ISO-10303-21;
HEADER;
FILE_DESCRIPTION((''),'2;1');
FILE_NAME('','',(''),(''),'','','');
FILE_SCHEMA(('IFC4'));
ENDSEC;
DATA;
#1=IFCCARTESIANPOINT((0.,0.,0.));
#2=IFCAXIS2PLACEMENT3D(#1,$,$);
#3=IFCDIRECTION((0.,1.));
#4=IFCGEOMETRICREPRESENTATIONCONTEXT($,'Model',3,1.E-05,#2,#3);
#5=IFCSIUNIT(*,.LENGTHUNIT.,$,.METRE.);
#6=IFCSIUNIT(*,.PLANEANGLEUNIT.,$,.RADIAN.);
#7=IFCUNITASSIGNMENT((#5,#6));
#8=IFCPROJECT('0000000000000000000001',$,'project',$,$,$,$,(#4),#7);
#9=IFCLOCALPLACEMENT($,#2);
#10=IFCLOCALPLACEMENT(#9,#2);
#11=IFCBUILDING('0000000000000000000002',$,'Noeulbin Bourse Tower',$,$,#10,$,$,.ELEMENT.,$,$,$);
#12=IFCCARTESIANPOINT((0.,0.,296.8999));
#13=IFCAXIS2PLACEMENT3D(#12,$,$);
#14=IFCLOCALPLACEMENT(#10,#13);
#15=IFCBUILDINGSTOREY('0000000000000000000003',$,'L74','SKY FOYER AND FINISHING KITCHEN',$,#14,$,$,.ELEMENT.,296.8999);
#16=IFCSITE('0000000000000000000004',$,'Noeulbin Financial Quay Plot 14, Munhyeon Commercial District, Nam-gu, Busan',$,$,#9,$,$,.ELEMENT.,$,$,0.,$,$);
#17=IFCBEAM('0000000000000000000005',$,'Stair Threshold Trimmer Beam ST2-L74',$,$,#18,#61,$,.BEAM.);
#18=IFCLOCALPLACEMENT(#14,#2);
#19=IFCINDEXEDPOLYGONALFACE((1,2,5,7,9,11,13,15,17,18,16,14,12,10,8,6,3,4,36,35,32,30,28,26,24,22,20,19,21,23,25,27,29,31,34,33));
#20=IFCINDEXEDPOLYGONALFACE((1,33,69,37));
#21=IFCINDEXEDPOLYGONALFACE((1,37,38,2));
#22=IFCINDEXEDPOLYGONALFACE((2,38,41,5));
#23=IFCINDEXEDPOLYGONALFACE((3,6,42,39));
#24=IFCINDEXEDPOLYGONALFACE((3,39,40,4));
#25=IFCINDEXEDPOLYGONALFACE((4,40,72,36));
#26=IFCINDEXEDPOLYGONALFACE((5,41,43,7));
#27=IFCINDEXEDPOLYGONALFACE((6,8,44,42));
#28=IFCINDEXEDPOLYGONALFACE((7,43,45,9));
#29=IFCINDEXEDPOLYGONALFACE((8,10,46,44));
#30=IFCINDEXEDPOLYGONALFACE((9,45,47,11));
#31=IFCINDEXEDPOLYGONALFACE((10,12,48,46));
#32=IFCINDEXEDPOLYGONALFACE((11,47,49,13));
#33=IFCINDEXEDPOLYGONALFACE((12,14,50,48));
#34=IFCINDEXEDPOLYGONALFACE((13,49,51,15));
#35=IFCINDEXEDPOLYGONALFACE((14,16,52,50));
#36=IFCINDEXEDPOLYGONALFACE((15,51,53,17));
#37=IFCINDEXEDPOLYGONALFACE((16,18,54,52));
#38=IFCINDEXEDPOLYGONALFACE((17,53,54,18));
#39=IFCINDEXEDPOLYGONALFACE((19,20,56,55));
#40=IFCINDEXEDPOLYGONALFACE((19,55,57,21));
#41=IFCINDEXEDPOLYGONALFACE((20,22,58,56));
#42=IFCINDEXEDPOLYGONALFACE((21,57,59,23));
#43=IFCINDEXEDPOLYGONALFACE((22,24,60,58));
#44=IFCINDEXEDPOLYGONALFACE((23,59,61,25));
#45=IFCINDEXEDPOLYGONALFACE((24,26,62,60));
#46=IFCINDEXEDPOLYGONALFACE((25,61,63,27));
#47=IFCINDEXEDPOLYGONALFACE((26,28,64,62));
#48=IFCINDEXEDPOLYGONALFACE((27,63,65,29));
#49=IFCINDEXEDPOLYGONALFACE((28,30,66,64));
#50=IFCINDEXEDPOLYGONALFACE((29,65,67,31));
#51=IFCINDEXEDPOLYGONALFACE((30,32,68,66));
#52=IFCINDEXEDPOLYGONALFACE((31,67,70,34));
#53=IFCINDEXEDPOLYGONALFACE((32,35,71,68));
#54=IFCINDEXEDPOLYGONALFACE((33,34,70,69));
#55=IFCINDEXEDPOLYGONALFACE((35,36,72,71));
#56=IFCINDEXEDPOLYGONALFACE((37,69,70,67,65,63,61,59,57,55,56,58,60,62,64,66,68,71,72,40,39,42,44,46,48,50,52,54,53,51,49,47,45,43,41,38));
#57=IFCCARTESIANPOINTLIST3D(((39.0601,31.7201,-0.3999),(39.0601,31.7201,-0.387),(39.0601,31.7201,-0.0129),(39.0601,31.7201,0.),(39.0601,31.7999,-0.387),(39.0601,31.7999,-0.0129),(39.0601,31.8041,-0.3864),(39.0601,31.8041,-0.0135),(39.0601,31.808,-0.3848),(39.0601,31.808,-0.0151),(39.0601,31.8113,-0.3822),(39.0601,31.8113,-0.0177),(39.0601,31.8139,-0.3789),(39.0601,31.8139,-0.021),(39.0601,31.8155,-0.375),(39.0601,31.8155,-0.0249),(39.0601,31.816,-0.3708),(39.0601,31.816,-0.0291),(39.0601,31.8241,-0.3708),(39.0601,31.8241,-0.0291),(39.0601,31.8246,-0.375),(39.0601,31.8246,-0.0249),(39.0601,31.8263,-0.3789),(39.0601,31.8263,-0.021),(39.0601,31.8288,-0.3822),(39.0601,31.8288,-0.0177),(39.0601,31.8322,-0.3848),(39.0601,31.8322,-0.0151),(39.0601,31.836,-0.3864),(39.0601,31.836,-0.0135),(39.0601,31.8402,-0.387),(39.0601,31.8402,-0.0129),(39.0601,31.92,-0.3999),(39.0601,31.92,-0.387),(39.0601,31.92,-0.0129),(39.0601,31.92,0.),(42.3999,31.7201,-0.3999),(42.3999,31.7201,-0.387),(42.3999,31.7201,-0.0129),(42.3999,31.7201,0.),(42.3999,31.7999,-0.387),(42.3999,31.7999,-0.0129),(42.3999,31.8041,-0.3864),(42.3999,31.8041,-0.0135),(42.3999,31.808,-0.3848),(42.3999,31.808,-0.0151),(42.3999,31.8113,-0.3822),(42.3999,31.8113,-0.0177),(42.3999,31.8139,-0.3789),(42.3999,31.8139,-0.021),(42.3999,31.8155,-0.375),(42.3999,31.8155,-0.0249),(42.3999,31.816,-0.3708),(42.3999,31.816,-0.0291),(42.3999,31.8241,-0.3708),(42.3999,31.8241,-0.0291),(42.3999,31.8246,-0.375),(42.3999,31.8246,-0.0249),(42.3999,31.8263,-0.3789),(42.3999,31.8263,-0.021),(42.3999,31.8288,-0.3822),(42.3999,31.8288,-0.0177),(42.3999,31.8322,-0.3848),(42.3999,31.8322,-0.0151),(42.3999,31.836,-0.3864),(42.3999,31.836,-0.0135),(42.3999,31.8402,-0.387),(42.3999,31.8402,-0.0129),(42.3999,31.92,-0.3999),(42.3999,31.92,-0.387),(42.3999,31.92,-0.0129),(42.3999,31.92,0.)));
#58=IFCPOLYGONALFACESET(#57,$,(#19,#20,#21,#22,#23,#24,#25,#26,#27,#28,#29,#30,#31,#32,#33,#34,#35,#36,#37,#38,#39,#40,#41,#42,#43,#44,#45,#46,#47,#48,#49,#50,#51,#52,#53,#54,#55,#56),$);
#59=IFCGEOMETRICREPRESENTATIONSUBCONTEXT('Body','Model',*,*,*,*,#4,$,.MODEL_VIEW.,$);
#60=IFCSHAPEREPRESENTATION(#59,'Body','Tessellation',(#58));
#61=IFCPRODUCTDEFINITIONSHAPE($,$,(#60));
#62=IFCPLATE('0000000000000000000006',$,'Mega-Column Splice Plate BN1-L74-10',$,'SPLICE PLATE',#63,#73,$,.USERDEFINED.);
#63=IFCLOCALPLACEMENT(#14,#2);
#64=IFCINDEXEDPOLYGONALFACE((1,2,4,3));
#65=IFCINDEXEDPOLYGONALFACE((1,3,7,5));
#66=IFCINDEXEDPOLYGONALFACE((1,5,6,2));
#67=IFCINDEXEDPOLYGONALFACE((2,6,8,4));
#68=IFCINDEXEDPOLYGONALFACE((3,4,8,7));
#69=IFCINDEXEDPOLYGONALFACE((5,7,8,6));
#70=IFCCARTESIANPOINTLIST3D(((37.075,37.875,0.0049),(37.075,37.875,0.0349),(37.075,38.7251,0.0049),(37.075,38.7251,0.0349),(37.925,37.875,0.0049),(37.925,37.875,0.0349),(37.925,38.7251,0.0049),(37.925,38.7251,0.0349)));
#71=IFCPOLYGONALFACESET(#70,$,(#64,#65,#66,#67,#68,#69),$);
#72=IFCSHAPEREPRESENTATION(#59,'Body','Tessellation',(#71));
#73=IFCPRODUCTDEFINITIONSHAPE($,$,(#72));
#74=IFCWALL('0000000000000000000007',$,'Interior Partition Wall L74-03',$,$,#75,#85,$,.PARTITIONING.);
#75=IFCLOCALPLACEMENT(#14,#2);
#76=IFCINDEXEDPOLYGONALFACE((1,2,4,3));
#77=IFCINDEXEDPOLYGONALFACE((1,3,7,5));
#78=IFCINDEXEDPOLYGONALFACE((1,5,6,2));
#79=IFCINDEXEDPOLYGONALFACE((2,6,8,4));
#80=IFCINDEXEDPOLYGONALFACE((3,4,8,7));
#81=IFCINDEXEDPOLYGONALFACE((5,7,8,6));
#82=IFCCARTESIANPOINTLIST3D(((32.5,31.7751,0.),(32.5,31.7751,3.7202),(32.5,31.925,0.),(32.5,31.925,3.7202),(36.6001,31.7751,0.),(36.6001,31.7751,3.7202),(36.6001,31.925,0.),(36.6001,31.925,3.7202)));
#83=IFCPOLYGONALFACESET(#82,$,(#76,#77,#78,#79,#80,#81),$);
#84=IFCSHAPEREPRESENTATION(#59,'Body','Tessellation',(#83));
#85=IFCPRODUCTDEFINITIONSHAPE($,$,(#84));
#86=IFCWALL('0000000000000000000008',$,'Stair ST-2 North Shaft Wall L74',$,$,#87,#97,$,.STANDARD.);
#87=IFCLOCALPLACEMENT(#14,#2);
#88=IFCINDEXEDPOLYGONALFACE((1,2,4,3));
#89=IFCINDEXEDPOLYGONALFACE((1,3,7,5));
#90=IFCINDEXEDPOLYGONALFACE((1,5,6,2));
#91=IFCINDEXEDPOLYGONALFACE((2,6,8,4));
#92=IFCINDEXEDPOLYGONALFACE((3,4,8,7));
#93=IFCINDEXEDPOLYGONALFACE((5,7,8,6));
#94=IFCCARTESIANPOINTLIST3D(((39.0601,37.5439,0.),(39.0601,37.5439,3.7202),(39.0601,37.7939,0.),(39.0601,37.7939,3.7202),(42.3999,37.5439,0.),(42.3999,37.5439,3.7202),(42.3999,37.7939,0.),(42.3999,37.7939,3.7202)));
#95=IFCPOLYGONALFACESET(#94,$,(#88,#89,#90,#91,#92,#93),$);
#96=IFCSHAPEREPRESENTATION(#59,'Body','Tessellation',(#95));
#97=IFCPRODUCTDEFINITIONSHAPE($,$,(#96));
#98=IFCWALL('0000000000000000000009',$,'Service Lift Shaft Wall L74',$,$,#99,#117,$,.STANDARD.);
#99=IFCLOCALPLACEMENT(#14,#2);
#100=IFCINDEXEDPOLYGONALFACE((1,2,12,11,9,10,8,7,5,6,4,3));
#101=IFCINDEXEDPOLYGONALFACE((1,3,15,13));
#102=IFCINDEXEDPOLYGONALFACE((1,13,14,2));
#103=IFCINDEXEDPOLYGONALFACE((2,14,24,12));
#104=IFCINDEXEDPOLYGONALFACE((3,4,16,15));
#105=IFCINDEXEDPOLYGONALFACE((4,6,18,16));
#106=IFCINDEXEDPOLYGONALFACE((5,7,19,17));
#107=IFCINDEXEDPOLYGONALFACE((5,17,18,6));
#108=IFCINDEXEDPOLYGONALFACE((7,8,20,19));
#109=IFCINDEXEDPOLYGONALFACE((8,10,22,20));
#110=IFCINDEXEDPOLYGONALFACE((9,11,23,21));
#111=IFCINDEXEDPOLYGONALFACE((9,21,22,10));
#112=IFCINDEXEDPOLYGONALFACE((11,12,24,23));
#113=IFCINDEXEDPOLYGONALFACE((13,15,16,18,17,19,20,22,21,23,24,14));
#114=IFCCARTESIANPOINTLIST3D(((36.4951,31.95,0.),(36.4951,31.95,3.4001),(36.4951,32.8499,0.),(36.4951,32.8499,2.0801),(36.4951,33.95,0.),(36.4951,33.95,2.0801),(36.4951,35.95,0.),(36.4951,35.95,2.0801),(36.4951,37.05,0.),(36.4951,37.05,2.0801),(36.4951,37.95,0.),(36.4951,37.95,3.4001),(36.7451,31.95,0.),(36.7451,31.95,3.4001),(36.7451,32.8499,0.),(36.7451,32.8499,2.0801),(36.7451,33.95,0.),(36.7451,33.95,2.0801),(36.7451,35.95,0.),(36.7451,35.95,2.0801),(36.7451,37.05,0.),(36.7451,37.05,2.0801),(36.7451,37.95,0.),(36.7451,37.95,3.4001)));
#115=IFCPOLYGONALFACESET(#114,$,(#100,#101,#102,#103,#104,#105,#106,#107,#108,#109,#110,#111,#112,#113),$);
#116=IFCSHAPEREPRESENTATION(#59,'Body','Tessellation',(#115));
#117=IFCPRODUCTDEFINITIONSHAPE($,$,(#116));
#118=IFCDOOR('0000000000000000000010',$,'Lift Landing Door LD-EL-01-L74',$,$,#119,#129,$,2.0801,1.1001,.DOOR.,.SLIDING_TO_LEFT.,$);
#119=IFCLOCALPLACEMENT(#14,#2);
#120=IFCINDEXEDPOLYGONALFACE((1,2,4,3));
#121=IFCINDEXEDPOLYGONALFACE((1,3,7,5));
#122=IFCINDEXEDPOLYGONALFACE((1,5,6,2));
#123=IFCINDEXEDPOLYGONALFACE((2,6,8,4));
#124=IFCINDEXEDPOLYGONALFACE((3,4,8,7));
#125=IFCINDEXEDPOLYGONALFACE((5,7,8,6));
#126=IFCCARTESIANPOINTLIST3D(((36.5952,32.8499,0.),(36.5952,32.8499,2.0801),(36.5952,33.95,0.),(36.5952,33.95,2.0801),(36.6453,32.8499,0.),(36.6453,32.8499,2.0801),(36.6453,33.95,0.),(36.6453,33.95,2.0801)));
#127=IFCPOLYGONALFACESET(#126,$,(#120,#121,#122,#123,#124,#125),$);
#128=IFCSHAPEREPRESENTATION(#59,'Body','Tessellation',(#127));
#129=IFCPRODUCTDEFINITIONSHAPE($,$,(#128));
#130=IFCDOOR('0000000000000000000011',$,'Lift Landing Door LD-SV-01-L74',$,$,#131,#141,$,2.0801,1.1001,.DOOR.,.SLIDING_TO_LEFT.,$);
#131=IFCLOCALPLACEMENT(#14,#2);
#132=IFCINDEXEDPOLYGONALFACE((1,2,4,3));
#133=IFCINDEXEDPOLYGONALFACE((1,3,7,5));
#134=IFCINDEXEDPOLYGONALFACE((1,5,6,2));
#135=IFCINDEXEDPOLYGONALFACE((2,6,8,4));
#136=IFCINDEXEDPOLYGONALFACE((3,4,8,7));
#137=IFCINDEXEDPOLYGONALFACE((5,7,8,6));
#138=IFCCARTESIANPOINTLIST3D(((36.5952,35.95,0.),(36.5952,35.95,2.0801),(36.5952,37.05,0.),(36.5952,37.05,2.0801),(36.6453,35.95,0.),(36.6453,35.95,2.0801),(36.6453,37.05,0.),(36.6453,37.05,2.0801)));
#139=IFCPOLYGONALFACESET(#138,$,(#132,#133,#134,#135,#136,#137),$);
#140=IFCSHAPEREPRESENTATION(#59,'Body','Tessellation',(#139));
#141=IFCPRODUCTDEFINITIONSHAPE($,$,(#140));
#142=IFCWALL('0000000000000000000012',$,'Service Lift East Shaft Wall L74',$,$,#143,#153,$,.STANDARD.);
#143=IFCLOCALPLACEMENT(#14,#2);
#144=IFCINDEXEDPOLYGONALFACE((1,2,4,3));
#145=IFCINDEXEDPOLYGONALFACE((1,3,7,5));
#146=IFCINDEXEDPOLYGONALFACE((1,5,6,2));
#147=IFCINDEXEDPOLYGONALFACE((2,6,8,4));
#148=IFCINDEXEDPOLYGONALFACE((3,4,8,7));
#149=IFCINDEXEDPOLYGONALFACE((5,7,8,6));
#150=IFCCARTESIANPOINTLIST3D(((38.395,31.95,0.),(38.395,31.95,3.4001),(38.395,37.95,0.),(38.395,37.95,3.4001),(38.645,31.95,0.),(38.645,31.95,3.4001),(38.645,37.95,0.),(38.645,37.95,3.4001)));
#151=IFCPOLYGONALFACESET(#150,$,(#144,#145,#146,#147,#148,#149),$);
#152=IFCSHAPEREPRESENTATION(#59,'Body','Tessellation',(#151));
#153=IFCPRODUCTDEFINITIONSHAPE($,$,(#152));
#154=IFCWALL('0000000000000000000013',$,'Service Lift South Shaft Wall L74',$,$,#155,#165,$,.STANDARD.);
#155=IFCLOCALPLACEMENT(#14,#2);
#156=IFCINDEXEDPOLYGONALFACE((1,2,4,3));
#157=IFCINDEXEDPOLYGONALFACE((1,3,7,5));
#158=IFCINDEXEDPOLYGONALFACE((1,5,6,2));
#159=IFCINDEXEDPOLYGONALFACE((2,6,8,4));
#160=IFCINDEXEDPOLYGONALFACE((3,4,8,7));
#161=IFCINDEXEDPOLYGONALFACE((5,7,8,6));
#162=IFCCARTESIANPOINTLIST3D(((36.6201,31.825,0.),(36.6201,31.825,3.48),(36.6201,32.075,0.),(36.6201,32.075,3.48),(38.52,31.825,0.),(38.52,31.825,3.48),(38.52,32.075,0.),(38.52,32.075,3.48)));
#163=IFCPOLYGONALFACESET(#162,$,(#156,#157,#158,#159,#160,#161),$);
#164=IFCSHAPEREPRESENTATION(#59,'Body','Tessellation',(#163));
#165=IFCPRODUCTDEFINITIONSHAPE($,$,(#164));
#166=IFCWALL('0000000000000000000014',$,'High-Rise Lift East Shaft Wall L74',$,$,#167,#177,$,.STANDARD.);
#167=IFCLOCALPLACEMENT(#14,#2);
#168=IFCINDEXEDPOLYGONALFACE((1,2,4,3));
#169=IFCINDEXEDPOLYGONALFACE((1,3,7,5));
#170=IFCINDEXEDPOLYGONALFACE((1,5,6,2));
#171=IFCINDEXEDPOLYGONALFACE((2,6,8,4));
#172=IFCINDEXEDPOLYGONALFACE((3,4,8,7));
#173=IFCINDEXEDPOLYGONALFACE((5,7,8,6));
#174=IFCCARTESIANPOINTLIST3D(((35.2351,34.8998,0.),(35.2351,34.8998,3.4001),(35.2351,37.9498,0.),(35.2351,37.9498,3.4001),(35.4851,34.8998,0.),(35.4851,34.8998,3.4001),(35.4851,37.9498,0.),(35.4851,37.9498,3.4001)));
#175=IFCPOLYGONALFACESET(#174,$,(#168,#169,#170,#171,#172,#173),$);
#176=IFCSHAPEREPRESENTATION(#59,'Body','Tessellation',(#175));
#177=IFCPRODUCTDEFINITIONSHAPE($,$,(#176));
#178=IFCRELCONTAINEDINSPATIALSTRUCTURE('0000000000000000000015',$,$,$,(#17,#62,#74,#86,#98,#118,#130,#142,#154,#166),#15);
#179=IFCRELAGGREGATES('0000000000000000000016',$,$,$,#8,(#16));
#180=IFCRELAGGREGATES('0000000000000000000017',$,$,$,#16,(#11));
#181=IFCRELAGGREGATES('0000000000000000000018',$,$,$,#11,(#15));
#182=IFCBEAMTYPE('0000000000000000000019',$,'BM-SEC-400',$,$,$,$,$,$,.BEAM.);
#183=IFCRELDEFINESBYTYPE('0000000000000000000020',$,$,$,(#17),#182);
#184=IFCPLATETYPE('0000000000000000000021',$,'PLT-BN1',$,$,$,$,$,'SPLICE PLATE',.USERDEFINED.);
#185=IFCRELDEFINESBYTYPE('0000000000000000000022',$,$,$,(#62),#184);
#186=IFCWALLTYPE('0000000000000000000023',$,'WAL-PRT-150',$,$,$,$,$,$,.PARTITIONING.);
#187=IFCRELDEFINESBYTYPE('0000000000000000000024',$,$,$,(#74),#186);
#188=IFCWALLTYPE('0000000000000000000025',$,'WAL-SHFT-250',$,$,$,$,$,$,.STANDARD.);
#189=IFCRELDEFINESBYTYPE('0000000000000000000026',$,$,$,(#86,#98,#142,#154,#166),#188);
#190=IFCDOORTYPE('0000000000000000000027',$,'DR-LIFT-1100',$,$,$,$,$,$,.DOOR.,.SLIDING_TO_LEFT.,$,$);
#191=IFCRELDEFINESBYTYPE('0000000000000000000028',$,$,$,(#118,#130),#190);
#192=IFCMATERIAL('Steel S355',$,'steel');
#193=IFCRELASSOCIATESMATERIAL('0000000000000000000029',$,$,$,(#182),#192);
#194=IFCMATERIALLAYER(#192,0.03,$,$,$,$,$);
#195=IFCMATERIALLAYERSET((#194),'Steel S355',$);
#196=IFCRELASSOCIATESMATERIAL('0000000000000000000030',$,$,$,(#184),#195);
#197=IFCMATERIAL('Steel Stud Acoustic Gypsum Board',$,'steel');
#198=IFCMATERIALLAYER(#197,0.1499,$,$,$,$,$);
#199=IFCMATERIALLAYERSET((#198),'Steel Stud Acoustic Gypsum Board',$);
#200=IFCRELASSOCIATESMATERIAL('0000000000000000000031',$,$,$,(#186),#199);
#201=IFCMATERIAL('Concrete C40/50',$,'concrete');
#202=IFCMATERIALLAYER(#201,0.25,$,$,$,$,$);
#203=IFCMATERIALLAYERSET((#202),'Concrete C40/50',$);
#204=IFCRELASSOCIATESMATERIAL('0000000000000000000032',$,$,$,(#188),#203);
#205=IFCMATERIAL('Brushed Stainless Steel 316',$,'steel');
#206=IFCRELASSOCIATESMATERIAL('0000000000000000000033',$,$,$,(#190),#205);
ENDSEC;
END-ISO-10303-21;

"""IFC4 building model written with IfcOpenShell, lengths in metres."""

from ifc_helpers import new_model, si_unit, direction, frame, frame_2d, origin, origin_2d, place, context, subcontext, project, spatial, rectangle, i_section, extrude, material, layer, layer_set, material_profile, profile_set, type_object, element, fill, save


model = new_model("IFC4")

# Units and contexts
model_context = context("Model", 3, precision=1e-05, world=origin(), true_north=direction((0.0, 1.0)))
body_context = subcontext(model_context, "Body", "Model", "MODEL_VIEW")
ifc_project = project(units=[si_unit("LENGTHUNIT", "METRE"), si_unit("PLANEANGLEUNIT", "RADIAN")], contexts=[model_context])

# Site, building, storey
site_placement = place(None, origin())
site = spatial("IfcSite", under=ifc_project, at=site_placement, Name="Noeulbin Financial Quay Plot 14, Munhyeon Commercial District, Nam-gu, Busan", CompositionType="ELEMENT", RefElevation=0.0)
building_placement = place(site_placement, origin())
building = spatial("IfcBuilding", under=site, at=building_placement, Name="Noeulbin Bourse Tower", CompositionType="ELEMENT")
storey_placement = place(building_placement, frame((0.0, 0.0, 296.8999)))
storey = spatial("IfcBuildingStorey", under=building, at=storey_placement, Name="L74", Description="SKY FOYER AND FINISHING KITCHEN", CompositionType="ELEMENT", Elevation=296.8999)

# Shared definitions
ifc_material_1 = material(Name="Steel S355", Category="steel")

# Beam
ifc_material_profile_1 = material_profile(ifc_material_1, i_section(OverallWidth=0.2, OverallDepth=0.3999, WebThickness=0.0081, FlangeThickness=0.0129, FilletRadius=0.0161, at=origin_2d()), Name="H-400x200x8x13", Category="LoadBearing")
ifc_profile_set_1 = profile_set([ifc_material_profile_1], Name="Steel S355")
beam_type_1 = type_object("IfcBeamType", Name="BM-SEC-400", PredefinedType="BEAM", material=ifc_profile_set_1)
beam_1_placement = place(storey_placement, frame((39.0601, 31.8201, -0.2), z_axis=(1.0, 0.0, 0.0), x_axis=(0.0, 1.0, 0.0)))
element("IfcBeam", 1, at=beam_1_placement, inside=storey, type_object=beam_type_1, Name="Stair Threshold Trimmer Beam ST2-L74", PredefinedType="BEAM", context=body_context, shape_type="SweptSolid", body=[
    extrude(i_section(OverallWidth=0.2, OverallDepth=0.3999, WebThickness=0.0081, FlangeThickness=0.0129, FilletRadius=0.0161, at=origin_2d()), origin(), (0.0, 0.0, 1.0), 3.3398),
])

# Plate
ifc_layer_1 = layer(ifc_material_1, 0.03)
ifc_layer_set_1 = layer_set([ifc_layer_1], Name="Steel S355")
plate_type = type_object("IfcPlateType", Name="PLT-BN1", ElementType="SPLICE PLATE", PredefinedType="USERDEFINED", material=ifc_layer_set_1)
plate_placement = place(storey_placement, frame((37.5, 38.3, 0.0049), z_axis=(0.0, 0.0, 1.0), x_axis=(1.0, 0.0, 0.0)))
element("IfcPlate", 2, at=plate_placement, inside=storey, type_object=plate_type, Name="Mega-Column Splice Plate BN1-L74-10", ObjectType="SPLICE PLATE", PredefinedType="USERDEFINED", context=body_context, shape_type="SweptSolid", body=[
    extrude(rectangle(XDim=0.8501, YDim=0.8501, at=origin_2d()), origin(), (0.0, 0.0, 1.0), 0.03),
])

# Walls
ifc_material_2 = material(Name="Steel Stud Acoustic Gypsum Board", Category="steel")
ifc_layer_2 = layer(ifc_material_2, 0.1499)
ifc_layer_set_2 = layer_set([ifc_layer_2], Name="Steel Stud Acoustic Gypsum Board")
wall_type_1 = type_object("IfcWallType", Name="WAL-PRT-150", PredefinedType="PARTITIONING", material=ifc_layer_set_2)
wall_1_placement = place(storey_placement, frame((32.5, 31.8501, 0.0), z_axis=(0.0, 0.0, 1.0), x_axis=(1.0, 0.0, 0.0)))
element("IfcWall", 3, at=wall_1_placement, inside=storey, type_object=wall_type_1, Name="Interior Partition Wall L74-03", PredefinedType="PARTITIONING", context=body_context, shape_type="SweptSolid", body=[
    extrude(rectangle(XDim=4.1001, YDim=0.1499, at=frame_2d((2.05, 0.0))), origin(), (0.0, 0.0, 1.0), 3.7202),
])
ifc_material_3 = material(Name="Concrete C40/50", Category="concrete")
ifc_layer_3 = layer(ifc_material_3, 0.25)
ifc_layer_set_3 = layer_set([ifc_layer_3], Name="Concrete C40/50")
wall_type_2 = type_object("IfcWallType", Name="WAL-SHFT-250", PredefinedType="STANDARD", material=ifc_layer_set_3)
wall_2_placement = place(storey_placement, frame((39.0601, 37.6689, 0.0), z_axis=(0.0, 0.0, 1.0), x_axis=(1.0, 0.0, 0.0)))
element("IfcWall", 4, at=wall_2_placement, inside=storey, type_object=wall_type_2, Name="Stair ST-2 North Shaft Wall L74", PredefinedType="STANDARD", context=body_context, shape_type="SweptSolid", body=[
    extrude(rectangle(XDim=3.3398, YDim=0.25, at=frame_2d((1.6699, 0.0))), origin(), (0.0, 0.0, 1.0), 3.7202),
])

# Wall, openings, doors
wall_3_placement = place(storey_placement, frame((36.6201, 31.95, 0.0), z_axis=(0.0, 0.0, 1.0), x_axis=(0.0, 1.0, 0.0)))
wall_3 = element("IfcWall", 5, at=wall_3_placement, inside=storey, type_object=wall_type_2, Name="Service Lift Shaft Wall L74", PredefinedType="STANDARD", context=body_context, shape_type="SweptSolid", body=[
    extrude(rectangle(XDim=6.0, YDim=0.25, at=frame_2d((3.0, 0.0))), origin(), (0.0, 0.0, 1.0), 3.4001),
])
opening_1_placement = place(wall_3_placement, frame((0.8999, 0.0, 0.0)))
opening_1 = element("IfcOpeningElement", 6, at=opening_1_placement, cuts=wall_3, PredefinedType="OPENING", context=body_context, shape_type="SweptSolid", body=[
    extrude(rectangle(XDim=1.1001, YDim=2.0801, at=frame_2d((0.55, 1.04))), frame((0.0, 0.135, 0.0), z_axis=(0.0, -1.0, 0.0), x_axis=(1.0, 0.0, 0.0)), (0.0, 0.0, 1.0), 0.27),
])
opening_2_placement = place(wall_3_placement, frame((4.0, 0.0, 0.0)))
opening_2 = element("IfcOpeningElement", 7, at=opening_2_placement, cuts=wall_3, PredefinedType="OPENING", context=body_context, shape_type="SweptSolid", body=[
    extrude(rectangle(XDim=1.1001, YDim=2.0801, at=frame_2d((0.55, 1.04))), frame((0.0, 0.135, 0.0), z_axis=(0.0, -1.0, 0.0), x_axis=(1.0, 0.0, 0.0)), (0.0, 0.0, 1.0), 0.27),
])
ifc_material_4 = material(Name="Brushed Stainless Steel 316", Category="steel")
door_type_1 = type_object("IfcDoorType", Name="DR-LIFT-1100", OperationType="SLIDING_TO_LEFT", PredefinedType="DOOR", material=ifc_material_4)
door_1_placement = place(opening_1_placement, origin())
door_1 = element("IfcDoor", 8, at=door_1_placement, inside=storey, type_object=door_type_1, Name="Lift Landing Door LD-EL-01-L74", OperationType="SLIDING_TO_LEFT", OverallHeight=2.0801, OverallWidth=1.1001, PredefinedType="DOOR", context=body_context, shape_type="SweptSolid", body=[
    extrude(rectangle(XDim=1.1001, YDim=2.0801, at=frame_2d((0.55, 1.04))), frame((0.0, 0.0249, 0.0), z_axis=(0.0, -1.0, 0.0), x_axis=(1.0, 0.0, 0.0)), (0.0, 0.0, 1.0), 0.05),
])
fill(opening_1, door_1)
door_2_placement = place(opening_2_placement, origin())
door_2 = element("IfcDoor", 9, at=door_2_placement, inside=storey, type_object=door_type_1, Name="Lift Landing Door LD-SV-01-L74", OperationType="SLIDING_TO_LEFT", OverallHeight=2.0801, OverallWidth=1.1001, PredefinedType="DOOR", context=body_context, shape_type="SweptSolid", body=[
    extrude(rectangle(XDim=1.1001, YDim=2.0801, at=frame_2d((0.55, 1.04))), frame((0.0, 0.0249, 0.0), z_axis=(0.0, -1.0, 0.0), x_axis=(1.0, 0.0, 0.0)), (0.0, 0.0, 1.0), 0.05),
])
fill(opening_2, door_2)

# Walls
wall_4_placement = place(storey_placement, frame((38.52, 31.95, 0.0), z_axis=(0.0, 0.0, 1.0), x_axis=(0.0, 1.0, 0.0)))
element("IfcWall", 10, at=wall_4_placement, inside=storey, type_object=wall_type_2, Name="Service Lift East Shaft Wall L74", PredefinedType="STANDARD", context=body_context, shape_type="SweptSolid", body=[
    extrude(rectangle(XDim=6.0, YDim=0.25, at=frame_2d((3.0, 0.0))), origin(), (0.0, 0.0, 1.0), 3.4001),
])
wall_5_placement = place(storey_placement, frame((36.6201, 31.95, 0.0), z_axis=(0.0, 0.0, 1.0), x_axis=(1.0, 0.0, 0.0)))
element("IfcWall", 11, at=wall_5_placement, inside=storey, type_object=wall_type_2, Name="Service Lift South Shaft Wall L74", PredefinedType="STANDARD", context=body_context, shape_type="SweptSolid", body=[
    extrude(rectangle(XDim=1.8999, YDim=0.25, at=frame_2d((0.95, 0.0))), origin(), (0.0, 0.0, 1.0), 3.48),
])
wall_6_placement = place(storey_placement, frame((35.3601, 34.8999, 0.0), z_axis=(0.0, 0.0, 1.0), x_axis=(0.0, 1.0, 0.0)))
element("IfcWall", 12, at=wall_6_placement, inside=storey, type_object=wall_type_2, Name="High-Rise Lift East Shaft Wall L74", PredefinedType="STANDARD", context=body_context, shape_type="SweptSolid", body=[
    extrude(rectangle(XDim=3.05, YDim=0.25, at=frame_2d((1.5249, 0.0))), origin(), (0.0, 0.0, 1.0), 3.4001),
])

save(model, "model.ifc")
